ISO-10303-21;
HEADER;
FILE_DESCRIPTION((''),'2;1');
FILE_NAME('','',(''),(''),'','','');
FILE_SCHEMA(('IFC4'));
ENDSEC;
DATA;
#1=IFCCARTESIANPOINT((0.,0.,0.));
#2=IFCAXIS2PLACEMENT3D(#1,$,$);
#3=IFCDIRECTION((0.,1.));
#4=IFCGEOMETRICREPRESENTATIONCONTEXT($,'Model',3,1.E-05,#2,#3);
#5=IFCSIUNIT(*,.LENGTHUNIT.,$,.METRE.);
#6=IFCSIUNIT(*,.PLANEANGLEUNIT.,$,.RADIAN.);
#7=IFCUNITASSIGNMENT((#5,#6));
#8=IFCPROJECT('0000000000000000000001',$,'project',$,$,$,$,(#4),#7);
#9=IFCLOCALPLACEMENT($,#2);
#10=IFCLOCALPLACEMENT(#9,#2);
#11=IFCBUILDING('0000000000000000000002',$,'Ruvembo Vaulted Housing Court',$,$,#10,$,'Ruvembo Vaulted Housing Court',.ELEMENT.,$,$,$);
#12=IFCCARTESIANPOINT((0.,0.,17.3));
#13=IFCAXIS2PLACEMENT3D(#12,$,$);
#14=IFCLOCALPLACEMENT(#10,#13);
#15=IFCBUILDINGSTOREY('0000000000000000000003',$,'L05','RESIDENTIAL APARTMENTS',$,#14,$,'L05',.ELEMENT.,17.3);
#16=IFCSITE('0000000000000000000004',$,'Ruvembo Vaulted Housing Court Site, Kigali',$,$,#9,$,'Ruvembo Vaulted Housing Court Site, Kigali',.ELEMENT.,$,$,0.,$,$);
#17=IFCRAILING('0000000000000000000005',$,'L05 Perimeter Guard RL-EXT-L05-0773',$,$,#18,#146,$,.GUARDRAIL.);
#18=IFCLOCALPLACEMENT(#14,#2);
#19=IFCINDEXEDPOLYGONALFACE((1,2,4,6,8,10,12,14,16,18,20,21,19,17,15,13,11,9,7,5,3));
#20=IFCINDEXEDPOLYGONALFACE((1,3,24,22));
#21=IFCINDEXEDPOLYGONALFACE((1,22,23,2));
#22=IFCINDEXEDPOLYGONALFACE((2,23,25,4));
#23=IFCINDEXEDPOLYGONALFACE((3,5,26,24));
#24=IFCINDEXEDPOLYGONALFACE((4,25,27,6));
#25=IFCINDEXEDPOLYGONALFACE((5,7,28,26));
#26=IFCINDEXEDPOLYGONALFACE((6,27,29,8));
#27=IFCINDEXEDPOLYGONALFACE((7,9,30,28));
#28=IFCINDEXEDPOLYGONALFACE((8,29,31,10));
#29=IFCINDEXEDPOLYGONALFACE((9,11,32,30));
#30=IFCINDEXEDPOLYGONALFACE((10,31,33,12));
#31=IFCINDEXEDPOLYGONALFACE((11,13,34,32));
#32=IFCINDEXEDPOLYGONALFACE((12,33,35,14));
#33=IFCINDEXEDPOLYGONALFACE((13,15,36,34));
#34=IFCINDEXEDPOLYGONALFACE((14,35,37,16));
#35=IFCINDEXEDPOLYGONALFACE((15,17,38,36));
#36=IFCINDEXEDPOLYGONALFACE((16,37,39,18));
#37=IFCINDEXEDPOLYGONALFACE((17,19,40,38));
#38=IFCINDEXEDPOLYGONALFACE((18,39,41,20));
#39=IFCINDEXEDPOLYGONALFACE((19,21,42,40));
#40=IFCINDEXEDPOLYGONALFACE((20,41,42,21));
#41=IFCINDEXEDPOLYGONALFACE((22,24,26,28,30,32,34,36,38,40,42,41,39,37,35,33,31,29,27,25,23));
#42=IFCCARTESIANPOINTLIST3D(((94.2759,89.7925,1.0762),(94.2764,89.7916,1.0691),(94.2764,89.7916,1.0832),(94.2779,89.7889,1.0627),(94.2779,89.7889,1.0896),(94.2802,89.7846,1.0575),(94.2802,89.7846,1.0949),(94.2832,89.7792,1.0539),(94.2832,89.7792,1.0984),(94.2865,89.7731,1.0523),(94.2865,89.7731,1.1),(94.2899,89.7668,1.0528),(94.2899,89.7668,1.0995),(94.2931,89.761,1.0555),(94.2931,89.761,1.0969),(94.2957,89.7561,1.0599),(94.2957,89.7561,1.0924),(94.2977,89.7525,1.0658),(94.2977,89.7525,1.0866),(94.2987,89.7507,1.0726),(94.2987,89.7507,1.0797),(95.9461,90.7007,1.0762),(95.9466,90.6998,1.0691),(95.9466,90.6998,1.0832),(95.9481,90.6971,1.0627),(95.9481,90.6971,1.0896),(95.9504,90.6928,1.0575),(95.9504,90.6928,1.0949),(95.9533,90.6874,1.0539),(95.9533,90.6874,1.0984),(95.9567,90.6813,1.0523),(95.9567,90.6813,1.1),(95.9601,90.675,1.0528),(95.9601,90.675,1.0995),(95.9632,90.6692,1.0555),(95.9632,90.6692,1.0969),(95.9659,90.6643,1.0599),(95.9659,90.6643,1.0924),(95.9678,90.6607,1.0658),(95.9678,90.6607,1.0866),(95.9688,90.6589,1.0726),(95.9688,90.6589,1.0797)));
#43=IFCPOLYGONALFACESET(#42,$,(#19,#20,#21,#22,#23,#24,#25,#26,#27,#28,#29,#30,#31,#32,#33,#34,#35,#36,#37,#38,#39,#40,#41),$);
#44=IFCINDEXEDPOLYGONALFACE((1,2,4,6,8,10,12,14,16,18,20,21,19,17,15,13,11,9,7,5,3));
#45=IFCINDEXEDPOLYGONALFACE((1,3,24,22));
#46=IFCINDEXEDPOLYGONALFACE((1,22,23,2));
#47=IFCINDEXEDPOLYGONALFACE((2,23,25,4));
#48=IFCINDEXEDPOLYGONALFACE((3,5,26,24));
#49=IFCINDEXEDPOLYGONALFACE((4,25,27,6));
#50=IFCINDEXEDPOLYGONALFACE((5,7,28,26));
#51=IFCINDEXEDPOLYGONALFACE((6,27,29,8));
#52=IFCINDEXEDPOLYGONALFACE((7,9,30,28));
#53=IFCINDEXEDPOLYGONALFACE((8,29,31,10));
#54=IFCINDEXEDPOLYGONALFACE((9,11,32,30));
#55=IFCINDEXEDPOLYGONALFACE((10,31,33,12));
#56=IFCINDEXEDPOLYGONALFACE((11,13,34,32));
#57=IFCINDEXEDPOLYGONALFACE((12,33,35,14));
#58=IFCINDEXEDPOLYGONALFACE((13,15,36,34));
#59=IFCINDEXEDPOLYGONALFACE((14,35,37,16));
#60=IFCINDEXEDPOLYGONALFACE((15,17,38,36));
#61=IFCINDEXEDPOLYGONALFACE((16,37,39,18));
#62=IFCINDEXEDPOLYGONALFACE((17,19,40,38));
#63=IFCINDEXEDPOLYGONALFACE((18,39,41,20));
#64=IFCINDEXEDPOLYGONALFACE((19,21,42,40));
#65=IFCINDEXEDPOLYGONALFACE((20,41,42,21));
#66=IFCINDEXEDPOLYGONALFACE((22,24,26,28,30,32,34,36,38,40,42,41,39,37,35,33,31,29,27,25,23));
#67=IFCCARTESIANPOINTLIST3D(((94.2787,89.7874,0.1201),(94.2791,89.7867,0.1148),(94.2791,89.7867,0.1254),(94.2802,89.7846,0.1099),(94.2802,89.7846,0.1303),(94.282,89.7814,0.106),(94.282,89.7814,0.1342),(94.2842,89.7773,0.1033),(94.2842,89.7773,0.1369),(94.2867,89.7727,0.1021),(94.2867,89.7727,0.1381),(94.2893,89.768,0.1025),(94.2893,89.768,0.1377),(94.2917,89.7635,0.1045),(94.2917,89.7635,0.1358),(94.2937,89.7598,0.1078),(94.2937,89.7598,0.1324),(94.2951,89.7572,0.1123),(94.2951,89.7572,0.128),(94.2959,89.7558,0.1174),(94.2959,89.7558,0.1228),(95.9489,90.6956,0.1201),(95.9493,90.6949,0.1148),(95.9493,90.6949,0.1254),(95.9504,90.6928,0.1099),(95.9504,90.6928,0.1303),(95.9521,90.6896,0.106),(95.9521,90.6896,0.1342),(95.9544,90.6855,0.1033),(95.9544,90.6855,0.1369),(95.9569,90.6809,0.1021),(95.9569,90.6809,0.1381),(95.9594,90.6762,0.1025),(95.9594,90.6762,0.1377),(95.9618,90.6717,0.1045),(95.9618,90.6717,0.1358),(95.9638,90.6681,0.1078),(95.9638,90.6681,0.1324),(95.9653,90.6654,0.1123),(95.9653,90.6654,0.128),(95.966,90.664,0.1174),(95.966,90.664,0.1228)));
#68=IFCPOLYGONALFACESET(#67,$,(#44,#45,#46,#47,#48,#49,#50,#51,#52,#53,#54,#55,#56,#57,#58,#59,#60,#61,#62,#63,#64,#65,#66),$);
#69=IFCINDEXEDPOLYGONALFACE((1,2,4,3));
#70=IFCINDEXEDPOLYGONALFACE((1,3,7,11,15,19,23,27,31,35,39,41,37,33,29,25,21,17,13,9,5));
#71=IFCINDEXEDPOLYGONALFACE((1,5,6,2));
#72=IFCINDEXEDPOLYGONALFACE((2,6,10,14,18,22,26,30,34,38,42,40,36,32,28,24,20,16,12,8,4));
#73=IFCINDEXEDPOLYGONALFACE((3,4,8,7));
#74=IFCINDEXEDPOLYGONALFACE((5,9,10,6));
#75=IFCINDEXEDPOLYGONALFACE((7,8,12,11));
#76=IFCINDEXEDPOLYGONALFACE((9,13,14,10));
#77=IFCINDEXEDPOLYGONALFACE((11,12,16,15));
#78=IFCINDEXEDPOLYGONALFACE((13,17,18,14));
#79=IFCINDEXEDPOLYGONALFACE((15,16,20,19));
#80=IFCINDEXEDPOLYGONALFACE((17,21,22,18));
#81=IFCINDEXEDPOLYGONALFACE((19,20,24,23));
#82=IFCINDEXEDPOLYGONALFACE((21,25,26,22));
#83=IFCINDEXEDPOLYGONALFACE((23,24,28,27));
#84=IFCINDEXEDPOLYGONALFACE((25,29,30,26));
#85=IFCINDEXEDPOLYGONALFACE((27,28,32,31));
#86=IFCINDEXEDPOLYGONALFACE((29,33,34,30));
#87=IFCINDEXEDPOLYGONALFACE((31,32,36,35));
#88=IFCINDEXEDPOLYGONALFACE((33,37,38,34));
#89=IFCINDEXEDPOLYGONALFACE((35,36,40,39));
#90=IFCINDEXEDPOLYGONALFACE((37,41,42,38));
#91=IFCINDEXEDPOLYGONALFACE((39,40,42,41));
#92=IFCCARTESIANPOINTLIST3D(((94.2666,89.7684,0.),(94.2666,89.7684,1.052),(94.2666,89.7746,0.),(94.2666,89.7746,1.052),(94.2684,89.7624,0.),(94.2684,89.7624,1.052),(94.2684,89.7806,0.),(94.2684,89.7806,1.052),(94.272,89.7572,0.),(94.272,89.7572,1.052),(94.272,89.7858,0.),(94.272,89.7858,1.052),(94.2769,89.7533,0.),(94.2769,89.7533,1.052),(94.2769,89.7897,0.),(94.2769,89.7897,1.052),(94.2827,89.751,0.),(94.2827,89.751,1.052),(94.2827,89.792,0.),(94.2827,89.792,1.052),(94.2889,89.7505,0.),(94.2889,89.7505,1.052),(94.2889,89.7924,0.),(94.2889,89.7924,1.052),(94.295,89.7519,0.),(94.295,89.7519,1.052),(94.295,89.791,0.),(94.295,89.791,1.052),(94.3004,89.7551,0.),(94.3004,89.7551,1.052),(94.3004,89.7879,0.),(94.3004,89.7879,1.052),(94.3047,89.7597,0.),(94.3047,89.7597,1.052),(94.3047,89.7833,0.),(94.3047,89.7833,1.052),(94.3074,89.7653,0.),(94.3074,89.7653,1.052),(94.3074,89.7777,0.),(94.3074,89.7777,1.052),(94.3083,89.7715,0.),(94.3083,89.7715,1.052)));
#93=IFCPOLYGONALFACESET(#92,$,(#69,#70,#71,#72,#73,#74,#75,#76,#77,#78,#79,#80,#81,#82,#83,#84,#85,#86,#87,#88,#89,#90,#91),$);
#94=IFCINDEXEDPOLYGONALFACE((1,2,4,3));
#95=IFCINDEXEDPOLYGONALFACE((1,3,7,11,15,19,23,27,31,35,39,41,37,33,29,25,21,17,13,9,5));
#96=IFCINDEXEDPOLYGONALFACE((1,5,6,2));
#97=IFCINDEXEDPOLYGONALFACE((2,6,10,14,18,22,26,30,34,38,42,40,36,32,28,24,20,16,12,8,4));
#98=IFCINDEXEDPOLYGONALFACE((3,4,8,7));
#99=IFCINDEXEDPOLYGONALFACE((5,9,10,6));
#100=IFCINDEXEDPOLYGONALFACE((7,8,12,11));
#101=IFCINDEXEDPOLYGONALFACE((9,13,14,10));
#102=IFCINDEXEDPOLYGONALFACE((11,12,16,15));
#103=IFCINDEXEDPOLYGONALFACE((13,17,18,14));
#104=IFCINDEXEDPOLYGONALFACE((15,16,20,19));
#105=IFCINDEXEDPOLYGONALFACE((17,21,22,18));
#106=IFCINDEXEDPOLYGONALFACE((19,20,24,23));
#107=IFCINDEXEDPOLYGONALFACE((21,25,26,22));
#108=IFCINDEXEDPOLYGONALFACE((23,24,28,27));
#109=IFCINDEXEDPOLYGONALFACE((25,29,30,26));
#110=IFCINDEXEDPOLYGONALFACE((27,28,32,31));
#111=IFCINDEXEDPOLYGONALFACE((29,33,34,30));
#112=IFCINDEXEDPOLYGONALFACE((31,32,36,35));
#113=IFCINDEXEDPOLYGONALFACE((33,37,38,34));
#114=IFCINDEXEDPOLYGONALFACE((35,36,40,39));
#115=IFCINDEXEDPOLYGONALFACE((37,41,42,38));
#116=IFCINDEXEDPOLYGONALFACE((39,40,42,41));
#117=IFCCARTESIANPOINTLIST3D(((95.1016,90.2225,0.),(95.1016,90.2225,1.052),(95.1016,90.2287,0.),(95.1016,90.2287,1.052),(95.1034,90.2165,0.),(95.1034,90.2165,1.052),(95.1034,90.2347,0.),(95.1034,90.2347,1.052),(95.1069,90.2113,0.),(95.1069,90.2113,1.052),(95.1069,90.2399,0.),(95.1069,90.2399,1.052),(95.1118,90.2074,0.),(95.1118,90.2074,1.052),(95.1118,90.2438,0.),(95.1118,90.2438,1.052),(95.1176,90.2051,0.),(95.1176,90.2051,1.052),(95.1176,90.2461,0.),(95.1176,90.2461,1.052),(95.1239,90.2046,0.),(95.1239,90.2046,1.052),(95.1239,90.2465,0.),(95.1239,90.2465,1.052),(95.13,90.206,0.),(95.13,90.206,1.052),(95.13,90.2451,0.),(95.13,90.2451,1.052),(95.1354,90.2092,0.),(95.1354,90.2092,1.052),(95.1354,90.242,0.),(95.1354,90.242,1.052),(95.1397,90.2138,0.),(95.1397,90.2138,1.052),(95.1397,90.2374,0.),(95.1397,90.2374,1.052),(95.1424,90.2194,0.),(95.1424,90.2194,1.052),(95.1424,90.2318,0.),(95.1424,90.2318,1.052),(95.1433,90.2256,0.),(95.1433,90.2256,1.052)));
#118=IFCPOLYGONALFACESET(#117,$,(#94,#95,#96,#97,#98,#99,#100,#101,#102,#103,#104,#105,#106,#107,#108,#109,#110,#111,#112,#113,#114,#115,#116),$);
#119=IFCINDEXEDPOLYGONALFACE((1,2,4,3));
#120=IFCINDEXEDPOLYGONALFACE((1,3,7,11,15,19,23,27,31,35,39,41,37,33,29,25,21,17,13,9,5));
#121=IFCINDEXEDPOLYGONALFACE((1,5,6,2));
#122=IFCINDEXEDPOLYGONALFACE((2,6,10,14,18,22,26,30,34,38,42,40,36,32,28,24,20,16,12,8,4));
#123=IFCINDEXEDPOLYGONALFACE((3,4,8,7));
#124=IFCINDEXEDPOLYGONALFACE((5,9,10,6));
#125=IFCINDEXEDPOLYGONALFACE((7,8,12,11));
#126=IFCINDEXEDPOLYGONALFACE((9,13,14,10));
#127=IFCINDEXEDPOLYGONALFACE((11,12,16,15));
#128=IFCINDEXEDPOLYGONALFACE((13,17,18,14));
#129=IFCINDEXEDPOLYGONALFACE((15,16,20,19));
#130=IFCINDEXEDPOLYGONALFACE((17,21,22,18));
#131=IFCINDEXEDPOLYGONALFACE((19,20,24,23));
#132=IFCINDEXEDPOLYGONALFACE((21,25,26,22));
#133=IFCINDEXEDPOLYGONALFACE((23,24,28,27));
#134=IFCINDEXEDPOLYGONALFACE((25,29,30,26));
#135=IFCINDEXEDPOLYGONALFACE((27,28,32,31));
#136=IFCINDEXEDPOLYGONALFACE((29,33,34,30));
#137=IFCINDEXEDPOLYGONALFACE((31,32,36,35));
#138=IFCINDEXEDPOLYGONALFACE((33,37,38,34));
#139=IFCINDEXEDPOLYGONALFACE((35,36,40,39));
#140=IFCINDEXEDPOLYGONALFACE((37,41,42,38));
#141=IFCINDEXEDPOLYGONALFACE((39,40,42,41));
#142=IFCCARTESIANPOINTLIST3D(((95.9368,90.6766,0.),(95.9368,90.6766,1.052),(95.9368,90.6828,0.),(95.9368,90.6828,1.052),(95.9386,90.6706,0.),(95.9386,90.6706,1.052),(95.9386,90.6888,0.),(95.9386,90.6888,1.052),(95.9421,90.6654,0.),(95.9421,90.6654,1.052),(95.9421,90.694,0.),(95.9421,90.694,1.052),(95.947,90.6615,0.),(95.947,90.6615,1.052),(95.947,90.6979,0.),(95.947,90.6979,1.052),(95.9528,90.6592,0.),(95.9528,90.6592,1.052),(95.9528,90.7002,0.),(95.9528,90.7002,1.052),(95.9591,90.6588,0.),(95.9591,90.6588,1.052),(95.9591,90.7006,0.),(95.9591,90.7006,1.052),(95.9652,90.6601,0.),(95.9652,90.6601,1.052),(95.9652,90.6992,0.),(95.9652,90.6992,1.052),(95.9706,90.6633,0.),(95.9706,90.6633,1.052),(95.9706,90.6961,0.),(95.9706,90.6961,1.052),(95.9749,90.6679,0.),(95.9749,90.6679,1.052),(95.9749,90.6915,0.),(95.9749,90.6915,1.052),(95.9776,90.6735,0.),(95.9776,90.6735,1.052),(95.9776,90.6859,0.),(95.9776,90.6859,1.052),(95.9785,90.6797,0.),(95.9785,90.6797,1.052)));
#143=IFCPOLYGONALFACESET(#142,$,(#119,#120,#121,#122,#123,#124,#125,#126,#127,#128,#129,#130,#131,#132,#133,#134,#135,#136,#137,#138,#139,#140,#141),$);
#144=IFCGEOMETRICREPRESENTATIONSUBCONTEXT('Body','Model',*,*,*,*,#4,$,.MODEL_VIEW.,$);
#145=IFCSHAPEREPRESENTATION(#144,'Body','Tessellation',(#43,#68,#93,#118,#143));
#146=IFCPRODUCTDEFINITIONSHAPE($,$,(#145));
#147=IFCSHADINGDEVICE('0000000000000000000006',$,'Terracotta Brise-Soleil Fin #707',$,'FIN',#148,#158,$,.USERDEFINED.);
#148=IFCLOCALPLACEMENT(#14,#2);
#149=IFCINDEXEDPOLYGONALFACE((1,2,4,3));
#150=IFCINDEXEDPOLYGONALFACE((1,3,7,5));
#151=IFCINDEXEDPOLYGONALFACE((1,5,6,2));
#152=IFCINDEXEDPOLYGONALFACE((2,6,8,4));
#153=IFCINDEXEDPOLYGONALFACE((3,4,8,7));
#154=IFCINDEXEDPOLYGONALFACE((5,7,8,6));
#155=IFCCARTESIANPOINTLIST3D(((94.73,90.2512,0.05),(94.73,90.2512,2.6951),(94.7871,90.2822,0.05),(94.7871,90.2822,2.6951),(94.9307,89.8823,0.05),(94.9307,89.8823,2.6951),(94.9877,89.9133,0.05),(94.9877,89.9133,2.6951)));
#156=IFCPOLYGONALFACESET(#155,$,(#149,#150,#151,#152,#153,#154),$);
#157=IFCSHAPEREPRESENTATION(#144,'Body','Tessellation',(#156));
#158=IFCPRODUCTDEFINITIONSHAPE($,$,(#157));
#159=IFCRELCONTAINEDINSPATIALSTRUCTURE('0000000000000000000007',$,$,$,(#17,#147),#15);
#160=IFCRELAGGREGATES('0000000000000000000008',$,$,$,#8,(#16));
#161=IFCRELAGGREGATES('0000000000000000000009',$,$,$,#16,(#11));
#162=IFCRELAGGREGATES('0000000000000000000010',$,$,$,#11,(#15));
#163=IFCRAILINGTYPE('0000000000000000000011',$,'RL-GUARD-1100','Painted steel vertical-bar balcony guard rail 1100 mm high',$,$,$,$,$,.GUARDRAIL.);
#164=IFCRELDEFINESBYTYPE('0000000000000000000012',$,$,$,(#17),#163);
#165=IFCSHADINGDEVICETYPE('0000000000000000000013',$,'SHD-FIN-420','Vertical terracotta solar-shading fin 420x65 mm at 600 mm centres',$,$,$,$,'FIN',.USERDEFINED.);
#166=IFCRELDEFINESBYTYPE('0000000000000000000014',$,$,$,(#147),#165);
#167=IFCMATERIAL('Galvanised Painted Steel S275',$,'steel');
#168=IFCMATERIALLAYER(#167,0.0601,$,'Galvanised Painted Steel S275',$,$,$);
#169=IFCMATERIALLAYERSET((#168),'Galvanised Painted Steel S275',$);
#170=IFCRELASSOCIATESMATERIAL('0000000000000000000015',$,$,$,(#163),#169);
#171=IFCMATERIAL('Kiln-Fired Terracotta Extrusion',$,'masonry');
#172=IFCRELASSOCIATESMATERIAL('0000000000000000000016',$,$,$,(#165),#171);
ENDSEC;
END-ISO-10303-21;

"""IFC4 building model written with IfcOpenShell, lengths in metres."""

from ifc_helpers import new_model, si_unit, direction, frame, origin, origin_2d, place, context, subcontext, project, spatial, rectangle, circle, extrude, material, layer, layer_set, type_object, element, save


model = new_model("IFC4")

# Units and contexts
model_context = context("Model", 3, precision=1e-05, world=origin(), true_north=direction((0.0, 1.0)))
body_context = subcontext(model_context, "Body", "Model", "MODEL_VIEW")
ifc_project = project(units=[si_unit("LENGTHUNIT", "METRE"), si_unit("PLANEANGLEUNIT", "RADIAN")], contexts=[model_context])

# Site, building, storey
site_placement = place(None, origin())
site = spatial("IfcSite", under=ifc_project, at=site_placement, Name="Ruvembo Vaulted Housing Court Site, Kigali", LongName="Ruvembo Vaulted Housing Court Site, Kigali", CompositionType="ELEMENT", RefElevation=0.0)
building_placement = place(site_placement, origin())
building = spatial("IfcBuilding", under=site, at=building_placement, Name="Ruvembo Vaulted Housing Court", LongName="Ruvembo Vaulted Housing Court", CompositionType="ELEMENT")
storey_placement = place(building_placement, frame((0.0, 0.0, 17.3)))
storey = spatial("IfcBuildingStorey", under=building, at=storey_placement, Name="L05", Description="RESIDENTIAL APARTMENTS", LongName="L05", CompositionType="ELEMENT", Elevation=17.3)

# Railing
ifc_material_1 = material(Name="Galvanised Painted Steel S275", Category="steel")
ifc_layer_1 = layer(ifc_material_1, 0.0601, Name="Galvanised Painted Steel S275")
ifc_layer_set_1 = layer_set([ifc_layer_1], Name="Galvanised Painted Steel S275")
railing_type = type_object("IfcRailingType", Name="RL-GUARD-1100", Description="Painted steel vertical-bar balcony guard rail 1100 mm high", PredefinedType="GUARDRAIL", material=ifc_layer_set_1)
railing_1_placement = place(storey_placement, frame((94.2874, 89.7715, 0.0)))
element("IfcRailing", 1, at=railing_1_placement, inside=storey, type_object=railing_type, Name="L05 Perimeter Guard RL-EXT-L05-0773", PredefinedType="GUARDRAIL", context=body_context, shape_type="SweptSolid", body=[
    extrude(circle(Radius=0.0239, at=origin_2d()), frame((0.0, 0.0, 1.0762), z_axis=(0.878513, 0.477718, 0.0), x_axis=(-0.477718, 0.878513, 0.0)), (0.0, 0.0, 1.0), 1.9011),
    extrude(circle(Radius=0.0181, at=origin_2d()), frame((0.0, 0.0, 0.1201), z_axis=(0.878513, 0.477718, 0.0), x_axis=(-0.477718, 0.878513, 0.0)), (0.0, 0.0, 1.0), 1.9011),
    extrude(circle(Radius=0.021, at=origin_2d()), origin(), (0.0, 0.0, 1.0), 1.052),
    extrude(circle(Radius=0.021, at=origin_2d()), frame((0.835, 0.4541, 0.0)), (0.0, 0.0, 1.0), 1.052),
    extrude(circle(Radius=0.021, at=origin_2d()), frame((1.6702, 0.9082, 0.0)), (0.0, 0.0, 1.0), 1.052),
])

# Shading device
ifc_material_2 = material(Name="Kiln-Fired Terracotta Extrusion", Category="masonry")
shading_device_type = type_object("IfcShadingDeviceType", Name="SHD-FIN-420", Description="Vertical terracotta solar-shading fin 420x65 mm at 600 mm centres", ElementType="FIN", PredefinedType="USERDEFINED", material=ifc_material_2)
shading_device_placement = place(storey_placement, frame((94.8589, 90.0823, 0.05), z_axis=(0.0, 0.0, 1.0), x_axis=(0.477788, -0.878475, 0.0)))
element("IfcShadingDevice", 2, at=shading_device_placement, inside=storey, type_object=shading_device_type, Name="Terracotta Brise-Soleil Fin #707", ObjectType="FIN", PredefinedType="USERDEFINED", context=body_context, shape_type="SweptSolid", body=[
    extrude(rectangle(XDim=0.4199, YDim=0.0649, at=origin_2d()), origin(), (0.0, 0.0, 1.0), 2.645),
])

save(model, "model.ifc")
